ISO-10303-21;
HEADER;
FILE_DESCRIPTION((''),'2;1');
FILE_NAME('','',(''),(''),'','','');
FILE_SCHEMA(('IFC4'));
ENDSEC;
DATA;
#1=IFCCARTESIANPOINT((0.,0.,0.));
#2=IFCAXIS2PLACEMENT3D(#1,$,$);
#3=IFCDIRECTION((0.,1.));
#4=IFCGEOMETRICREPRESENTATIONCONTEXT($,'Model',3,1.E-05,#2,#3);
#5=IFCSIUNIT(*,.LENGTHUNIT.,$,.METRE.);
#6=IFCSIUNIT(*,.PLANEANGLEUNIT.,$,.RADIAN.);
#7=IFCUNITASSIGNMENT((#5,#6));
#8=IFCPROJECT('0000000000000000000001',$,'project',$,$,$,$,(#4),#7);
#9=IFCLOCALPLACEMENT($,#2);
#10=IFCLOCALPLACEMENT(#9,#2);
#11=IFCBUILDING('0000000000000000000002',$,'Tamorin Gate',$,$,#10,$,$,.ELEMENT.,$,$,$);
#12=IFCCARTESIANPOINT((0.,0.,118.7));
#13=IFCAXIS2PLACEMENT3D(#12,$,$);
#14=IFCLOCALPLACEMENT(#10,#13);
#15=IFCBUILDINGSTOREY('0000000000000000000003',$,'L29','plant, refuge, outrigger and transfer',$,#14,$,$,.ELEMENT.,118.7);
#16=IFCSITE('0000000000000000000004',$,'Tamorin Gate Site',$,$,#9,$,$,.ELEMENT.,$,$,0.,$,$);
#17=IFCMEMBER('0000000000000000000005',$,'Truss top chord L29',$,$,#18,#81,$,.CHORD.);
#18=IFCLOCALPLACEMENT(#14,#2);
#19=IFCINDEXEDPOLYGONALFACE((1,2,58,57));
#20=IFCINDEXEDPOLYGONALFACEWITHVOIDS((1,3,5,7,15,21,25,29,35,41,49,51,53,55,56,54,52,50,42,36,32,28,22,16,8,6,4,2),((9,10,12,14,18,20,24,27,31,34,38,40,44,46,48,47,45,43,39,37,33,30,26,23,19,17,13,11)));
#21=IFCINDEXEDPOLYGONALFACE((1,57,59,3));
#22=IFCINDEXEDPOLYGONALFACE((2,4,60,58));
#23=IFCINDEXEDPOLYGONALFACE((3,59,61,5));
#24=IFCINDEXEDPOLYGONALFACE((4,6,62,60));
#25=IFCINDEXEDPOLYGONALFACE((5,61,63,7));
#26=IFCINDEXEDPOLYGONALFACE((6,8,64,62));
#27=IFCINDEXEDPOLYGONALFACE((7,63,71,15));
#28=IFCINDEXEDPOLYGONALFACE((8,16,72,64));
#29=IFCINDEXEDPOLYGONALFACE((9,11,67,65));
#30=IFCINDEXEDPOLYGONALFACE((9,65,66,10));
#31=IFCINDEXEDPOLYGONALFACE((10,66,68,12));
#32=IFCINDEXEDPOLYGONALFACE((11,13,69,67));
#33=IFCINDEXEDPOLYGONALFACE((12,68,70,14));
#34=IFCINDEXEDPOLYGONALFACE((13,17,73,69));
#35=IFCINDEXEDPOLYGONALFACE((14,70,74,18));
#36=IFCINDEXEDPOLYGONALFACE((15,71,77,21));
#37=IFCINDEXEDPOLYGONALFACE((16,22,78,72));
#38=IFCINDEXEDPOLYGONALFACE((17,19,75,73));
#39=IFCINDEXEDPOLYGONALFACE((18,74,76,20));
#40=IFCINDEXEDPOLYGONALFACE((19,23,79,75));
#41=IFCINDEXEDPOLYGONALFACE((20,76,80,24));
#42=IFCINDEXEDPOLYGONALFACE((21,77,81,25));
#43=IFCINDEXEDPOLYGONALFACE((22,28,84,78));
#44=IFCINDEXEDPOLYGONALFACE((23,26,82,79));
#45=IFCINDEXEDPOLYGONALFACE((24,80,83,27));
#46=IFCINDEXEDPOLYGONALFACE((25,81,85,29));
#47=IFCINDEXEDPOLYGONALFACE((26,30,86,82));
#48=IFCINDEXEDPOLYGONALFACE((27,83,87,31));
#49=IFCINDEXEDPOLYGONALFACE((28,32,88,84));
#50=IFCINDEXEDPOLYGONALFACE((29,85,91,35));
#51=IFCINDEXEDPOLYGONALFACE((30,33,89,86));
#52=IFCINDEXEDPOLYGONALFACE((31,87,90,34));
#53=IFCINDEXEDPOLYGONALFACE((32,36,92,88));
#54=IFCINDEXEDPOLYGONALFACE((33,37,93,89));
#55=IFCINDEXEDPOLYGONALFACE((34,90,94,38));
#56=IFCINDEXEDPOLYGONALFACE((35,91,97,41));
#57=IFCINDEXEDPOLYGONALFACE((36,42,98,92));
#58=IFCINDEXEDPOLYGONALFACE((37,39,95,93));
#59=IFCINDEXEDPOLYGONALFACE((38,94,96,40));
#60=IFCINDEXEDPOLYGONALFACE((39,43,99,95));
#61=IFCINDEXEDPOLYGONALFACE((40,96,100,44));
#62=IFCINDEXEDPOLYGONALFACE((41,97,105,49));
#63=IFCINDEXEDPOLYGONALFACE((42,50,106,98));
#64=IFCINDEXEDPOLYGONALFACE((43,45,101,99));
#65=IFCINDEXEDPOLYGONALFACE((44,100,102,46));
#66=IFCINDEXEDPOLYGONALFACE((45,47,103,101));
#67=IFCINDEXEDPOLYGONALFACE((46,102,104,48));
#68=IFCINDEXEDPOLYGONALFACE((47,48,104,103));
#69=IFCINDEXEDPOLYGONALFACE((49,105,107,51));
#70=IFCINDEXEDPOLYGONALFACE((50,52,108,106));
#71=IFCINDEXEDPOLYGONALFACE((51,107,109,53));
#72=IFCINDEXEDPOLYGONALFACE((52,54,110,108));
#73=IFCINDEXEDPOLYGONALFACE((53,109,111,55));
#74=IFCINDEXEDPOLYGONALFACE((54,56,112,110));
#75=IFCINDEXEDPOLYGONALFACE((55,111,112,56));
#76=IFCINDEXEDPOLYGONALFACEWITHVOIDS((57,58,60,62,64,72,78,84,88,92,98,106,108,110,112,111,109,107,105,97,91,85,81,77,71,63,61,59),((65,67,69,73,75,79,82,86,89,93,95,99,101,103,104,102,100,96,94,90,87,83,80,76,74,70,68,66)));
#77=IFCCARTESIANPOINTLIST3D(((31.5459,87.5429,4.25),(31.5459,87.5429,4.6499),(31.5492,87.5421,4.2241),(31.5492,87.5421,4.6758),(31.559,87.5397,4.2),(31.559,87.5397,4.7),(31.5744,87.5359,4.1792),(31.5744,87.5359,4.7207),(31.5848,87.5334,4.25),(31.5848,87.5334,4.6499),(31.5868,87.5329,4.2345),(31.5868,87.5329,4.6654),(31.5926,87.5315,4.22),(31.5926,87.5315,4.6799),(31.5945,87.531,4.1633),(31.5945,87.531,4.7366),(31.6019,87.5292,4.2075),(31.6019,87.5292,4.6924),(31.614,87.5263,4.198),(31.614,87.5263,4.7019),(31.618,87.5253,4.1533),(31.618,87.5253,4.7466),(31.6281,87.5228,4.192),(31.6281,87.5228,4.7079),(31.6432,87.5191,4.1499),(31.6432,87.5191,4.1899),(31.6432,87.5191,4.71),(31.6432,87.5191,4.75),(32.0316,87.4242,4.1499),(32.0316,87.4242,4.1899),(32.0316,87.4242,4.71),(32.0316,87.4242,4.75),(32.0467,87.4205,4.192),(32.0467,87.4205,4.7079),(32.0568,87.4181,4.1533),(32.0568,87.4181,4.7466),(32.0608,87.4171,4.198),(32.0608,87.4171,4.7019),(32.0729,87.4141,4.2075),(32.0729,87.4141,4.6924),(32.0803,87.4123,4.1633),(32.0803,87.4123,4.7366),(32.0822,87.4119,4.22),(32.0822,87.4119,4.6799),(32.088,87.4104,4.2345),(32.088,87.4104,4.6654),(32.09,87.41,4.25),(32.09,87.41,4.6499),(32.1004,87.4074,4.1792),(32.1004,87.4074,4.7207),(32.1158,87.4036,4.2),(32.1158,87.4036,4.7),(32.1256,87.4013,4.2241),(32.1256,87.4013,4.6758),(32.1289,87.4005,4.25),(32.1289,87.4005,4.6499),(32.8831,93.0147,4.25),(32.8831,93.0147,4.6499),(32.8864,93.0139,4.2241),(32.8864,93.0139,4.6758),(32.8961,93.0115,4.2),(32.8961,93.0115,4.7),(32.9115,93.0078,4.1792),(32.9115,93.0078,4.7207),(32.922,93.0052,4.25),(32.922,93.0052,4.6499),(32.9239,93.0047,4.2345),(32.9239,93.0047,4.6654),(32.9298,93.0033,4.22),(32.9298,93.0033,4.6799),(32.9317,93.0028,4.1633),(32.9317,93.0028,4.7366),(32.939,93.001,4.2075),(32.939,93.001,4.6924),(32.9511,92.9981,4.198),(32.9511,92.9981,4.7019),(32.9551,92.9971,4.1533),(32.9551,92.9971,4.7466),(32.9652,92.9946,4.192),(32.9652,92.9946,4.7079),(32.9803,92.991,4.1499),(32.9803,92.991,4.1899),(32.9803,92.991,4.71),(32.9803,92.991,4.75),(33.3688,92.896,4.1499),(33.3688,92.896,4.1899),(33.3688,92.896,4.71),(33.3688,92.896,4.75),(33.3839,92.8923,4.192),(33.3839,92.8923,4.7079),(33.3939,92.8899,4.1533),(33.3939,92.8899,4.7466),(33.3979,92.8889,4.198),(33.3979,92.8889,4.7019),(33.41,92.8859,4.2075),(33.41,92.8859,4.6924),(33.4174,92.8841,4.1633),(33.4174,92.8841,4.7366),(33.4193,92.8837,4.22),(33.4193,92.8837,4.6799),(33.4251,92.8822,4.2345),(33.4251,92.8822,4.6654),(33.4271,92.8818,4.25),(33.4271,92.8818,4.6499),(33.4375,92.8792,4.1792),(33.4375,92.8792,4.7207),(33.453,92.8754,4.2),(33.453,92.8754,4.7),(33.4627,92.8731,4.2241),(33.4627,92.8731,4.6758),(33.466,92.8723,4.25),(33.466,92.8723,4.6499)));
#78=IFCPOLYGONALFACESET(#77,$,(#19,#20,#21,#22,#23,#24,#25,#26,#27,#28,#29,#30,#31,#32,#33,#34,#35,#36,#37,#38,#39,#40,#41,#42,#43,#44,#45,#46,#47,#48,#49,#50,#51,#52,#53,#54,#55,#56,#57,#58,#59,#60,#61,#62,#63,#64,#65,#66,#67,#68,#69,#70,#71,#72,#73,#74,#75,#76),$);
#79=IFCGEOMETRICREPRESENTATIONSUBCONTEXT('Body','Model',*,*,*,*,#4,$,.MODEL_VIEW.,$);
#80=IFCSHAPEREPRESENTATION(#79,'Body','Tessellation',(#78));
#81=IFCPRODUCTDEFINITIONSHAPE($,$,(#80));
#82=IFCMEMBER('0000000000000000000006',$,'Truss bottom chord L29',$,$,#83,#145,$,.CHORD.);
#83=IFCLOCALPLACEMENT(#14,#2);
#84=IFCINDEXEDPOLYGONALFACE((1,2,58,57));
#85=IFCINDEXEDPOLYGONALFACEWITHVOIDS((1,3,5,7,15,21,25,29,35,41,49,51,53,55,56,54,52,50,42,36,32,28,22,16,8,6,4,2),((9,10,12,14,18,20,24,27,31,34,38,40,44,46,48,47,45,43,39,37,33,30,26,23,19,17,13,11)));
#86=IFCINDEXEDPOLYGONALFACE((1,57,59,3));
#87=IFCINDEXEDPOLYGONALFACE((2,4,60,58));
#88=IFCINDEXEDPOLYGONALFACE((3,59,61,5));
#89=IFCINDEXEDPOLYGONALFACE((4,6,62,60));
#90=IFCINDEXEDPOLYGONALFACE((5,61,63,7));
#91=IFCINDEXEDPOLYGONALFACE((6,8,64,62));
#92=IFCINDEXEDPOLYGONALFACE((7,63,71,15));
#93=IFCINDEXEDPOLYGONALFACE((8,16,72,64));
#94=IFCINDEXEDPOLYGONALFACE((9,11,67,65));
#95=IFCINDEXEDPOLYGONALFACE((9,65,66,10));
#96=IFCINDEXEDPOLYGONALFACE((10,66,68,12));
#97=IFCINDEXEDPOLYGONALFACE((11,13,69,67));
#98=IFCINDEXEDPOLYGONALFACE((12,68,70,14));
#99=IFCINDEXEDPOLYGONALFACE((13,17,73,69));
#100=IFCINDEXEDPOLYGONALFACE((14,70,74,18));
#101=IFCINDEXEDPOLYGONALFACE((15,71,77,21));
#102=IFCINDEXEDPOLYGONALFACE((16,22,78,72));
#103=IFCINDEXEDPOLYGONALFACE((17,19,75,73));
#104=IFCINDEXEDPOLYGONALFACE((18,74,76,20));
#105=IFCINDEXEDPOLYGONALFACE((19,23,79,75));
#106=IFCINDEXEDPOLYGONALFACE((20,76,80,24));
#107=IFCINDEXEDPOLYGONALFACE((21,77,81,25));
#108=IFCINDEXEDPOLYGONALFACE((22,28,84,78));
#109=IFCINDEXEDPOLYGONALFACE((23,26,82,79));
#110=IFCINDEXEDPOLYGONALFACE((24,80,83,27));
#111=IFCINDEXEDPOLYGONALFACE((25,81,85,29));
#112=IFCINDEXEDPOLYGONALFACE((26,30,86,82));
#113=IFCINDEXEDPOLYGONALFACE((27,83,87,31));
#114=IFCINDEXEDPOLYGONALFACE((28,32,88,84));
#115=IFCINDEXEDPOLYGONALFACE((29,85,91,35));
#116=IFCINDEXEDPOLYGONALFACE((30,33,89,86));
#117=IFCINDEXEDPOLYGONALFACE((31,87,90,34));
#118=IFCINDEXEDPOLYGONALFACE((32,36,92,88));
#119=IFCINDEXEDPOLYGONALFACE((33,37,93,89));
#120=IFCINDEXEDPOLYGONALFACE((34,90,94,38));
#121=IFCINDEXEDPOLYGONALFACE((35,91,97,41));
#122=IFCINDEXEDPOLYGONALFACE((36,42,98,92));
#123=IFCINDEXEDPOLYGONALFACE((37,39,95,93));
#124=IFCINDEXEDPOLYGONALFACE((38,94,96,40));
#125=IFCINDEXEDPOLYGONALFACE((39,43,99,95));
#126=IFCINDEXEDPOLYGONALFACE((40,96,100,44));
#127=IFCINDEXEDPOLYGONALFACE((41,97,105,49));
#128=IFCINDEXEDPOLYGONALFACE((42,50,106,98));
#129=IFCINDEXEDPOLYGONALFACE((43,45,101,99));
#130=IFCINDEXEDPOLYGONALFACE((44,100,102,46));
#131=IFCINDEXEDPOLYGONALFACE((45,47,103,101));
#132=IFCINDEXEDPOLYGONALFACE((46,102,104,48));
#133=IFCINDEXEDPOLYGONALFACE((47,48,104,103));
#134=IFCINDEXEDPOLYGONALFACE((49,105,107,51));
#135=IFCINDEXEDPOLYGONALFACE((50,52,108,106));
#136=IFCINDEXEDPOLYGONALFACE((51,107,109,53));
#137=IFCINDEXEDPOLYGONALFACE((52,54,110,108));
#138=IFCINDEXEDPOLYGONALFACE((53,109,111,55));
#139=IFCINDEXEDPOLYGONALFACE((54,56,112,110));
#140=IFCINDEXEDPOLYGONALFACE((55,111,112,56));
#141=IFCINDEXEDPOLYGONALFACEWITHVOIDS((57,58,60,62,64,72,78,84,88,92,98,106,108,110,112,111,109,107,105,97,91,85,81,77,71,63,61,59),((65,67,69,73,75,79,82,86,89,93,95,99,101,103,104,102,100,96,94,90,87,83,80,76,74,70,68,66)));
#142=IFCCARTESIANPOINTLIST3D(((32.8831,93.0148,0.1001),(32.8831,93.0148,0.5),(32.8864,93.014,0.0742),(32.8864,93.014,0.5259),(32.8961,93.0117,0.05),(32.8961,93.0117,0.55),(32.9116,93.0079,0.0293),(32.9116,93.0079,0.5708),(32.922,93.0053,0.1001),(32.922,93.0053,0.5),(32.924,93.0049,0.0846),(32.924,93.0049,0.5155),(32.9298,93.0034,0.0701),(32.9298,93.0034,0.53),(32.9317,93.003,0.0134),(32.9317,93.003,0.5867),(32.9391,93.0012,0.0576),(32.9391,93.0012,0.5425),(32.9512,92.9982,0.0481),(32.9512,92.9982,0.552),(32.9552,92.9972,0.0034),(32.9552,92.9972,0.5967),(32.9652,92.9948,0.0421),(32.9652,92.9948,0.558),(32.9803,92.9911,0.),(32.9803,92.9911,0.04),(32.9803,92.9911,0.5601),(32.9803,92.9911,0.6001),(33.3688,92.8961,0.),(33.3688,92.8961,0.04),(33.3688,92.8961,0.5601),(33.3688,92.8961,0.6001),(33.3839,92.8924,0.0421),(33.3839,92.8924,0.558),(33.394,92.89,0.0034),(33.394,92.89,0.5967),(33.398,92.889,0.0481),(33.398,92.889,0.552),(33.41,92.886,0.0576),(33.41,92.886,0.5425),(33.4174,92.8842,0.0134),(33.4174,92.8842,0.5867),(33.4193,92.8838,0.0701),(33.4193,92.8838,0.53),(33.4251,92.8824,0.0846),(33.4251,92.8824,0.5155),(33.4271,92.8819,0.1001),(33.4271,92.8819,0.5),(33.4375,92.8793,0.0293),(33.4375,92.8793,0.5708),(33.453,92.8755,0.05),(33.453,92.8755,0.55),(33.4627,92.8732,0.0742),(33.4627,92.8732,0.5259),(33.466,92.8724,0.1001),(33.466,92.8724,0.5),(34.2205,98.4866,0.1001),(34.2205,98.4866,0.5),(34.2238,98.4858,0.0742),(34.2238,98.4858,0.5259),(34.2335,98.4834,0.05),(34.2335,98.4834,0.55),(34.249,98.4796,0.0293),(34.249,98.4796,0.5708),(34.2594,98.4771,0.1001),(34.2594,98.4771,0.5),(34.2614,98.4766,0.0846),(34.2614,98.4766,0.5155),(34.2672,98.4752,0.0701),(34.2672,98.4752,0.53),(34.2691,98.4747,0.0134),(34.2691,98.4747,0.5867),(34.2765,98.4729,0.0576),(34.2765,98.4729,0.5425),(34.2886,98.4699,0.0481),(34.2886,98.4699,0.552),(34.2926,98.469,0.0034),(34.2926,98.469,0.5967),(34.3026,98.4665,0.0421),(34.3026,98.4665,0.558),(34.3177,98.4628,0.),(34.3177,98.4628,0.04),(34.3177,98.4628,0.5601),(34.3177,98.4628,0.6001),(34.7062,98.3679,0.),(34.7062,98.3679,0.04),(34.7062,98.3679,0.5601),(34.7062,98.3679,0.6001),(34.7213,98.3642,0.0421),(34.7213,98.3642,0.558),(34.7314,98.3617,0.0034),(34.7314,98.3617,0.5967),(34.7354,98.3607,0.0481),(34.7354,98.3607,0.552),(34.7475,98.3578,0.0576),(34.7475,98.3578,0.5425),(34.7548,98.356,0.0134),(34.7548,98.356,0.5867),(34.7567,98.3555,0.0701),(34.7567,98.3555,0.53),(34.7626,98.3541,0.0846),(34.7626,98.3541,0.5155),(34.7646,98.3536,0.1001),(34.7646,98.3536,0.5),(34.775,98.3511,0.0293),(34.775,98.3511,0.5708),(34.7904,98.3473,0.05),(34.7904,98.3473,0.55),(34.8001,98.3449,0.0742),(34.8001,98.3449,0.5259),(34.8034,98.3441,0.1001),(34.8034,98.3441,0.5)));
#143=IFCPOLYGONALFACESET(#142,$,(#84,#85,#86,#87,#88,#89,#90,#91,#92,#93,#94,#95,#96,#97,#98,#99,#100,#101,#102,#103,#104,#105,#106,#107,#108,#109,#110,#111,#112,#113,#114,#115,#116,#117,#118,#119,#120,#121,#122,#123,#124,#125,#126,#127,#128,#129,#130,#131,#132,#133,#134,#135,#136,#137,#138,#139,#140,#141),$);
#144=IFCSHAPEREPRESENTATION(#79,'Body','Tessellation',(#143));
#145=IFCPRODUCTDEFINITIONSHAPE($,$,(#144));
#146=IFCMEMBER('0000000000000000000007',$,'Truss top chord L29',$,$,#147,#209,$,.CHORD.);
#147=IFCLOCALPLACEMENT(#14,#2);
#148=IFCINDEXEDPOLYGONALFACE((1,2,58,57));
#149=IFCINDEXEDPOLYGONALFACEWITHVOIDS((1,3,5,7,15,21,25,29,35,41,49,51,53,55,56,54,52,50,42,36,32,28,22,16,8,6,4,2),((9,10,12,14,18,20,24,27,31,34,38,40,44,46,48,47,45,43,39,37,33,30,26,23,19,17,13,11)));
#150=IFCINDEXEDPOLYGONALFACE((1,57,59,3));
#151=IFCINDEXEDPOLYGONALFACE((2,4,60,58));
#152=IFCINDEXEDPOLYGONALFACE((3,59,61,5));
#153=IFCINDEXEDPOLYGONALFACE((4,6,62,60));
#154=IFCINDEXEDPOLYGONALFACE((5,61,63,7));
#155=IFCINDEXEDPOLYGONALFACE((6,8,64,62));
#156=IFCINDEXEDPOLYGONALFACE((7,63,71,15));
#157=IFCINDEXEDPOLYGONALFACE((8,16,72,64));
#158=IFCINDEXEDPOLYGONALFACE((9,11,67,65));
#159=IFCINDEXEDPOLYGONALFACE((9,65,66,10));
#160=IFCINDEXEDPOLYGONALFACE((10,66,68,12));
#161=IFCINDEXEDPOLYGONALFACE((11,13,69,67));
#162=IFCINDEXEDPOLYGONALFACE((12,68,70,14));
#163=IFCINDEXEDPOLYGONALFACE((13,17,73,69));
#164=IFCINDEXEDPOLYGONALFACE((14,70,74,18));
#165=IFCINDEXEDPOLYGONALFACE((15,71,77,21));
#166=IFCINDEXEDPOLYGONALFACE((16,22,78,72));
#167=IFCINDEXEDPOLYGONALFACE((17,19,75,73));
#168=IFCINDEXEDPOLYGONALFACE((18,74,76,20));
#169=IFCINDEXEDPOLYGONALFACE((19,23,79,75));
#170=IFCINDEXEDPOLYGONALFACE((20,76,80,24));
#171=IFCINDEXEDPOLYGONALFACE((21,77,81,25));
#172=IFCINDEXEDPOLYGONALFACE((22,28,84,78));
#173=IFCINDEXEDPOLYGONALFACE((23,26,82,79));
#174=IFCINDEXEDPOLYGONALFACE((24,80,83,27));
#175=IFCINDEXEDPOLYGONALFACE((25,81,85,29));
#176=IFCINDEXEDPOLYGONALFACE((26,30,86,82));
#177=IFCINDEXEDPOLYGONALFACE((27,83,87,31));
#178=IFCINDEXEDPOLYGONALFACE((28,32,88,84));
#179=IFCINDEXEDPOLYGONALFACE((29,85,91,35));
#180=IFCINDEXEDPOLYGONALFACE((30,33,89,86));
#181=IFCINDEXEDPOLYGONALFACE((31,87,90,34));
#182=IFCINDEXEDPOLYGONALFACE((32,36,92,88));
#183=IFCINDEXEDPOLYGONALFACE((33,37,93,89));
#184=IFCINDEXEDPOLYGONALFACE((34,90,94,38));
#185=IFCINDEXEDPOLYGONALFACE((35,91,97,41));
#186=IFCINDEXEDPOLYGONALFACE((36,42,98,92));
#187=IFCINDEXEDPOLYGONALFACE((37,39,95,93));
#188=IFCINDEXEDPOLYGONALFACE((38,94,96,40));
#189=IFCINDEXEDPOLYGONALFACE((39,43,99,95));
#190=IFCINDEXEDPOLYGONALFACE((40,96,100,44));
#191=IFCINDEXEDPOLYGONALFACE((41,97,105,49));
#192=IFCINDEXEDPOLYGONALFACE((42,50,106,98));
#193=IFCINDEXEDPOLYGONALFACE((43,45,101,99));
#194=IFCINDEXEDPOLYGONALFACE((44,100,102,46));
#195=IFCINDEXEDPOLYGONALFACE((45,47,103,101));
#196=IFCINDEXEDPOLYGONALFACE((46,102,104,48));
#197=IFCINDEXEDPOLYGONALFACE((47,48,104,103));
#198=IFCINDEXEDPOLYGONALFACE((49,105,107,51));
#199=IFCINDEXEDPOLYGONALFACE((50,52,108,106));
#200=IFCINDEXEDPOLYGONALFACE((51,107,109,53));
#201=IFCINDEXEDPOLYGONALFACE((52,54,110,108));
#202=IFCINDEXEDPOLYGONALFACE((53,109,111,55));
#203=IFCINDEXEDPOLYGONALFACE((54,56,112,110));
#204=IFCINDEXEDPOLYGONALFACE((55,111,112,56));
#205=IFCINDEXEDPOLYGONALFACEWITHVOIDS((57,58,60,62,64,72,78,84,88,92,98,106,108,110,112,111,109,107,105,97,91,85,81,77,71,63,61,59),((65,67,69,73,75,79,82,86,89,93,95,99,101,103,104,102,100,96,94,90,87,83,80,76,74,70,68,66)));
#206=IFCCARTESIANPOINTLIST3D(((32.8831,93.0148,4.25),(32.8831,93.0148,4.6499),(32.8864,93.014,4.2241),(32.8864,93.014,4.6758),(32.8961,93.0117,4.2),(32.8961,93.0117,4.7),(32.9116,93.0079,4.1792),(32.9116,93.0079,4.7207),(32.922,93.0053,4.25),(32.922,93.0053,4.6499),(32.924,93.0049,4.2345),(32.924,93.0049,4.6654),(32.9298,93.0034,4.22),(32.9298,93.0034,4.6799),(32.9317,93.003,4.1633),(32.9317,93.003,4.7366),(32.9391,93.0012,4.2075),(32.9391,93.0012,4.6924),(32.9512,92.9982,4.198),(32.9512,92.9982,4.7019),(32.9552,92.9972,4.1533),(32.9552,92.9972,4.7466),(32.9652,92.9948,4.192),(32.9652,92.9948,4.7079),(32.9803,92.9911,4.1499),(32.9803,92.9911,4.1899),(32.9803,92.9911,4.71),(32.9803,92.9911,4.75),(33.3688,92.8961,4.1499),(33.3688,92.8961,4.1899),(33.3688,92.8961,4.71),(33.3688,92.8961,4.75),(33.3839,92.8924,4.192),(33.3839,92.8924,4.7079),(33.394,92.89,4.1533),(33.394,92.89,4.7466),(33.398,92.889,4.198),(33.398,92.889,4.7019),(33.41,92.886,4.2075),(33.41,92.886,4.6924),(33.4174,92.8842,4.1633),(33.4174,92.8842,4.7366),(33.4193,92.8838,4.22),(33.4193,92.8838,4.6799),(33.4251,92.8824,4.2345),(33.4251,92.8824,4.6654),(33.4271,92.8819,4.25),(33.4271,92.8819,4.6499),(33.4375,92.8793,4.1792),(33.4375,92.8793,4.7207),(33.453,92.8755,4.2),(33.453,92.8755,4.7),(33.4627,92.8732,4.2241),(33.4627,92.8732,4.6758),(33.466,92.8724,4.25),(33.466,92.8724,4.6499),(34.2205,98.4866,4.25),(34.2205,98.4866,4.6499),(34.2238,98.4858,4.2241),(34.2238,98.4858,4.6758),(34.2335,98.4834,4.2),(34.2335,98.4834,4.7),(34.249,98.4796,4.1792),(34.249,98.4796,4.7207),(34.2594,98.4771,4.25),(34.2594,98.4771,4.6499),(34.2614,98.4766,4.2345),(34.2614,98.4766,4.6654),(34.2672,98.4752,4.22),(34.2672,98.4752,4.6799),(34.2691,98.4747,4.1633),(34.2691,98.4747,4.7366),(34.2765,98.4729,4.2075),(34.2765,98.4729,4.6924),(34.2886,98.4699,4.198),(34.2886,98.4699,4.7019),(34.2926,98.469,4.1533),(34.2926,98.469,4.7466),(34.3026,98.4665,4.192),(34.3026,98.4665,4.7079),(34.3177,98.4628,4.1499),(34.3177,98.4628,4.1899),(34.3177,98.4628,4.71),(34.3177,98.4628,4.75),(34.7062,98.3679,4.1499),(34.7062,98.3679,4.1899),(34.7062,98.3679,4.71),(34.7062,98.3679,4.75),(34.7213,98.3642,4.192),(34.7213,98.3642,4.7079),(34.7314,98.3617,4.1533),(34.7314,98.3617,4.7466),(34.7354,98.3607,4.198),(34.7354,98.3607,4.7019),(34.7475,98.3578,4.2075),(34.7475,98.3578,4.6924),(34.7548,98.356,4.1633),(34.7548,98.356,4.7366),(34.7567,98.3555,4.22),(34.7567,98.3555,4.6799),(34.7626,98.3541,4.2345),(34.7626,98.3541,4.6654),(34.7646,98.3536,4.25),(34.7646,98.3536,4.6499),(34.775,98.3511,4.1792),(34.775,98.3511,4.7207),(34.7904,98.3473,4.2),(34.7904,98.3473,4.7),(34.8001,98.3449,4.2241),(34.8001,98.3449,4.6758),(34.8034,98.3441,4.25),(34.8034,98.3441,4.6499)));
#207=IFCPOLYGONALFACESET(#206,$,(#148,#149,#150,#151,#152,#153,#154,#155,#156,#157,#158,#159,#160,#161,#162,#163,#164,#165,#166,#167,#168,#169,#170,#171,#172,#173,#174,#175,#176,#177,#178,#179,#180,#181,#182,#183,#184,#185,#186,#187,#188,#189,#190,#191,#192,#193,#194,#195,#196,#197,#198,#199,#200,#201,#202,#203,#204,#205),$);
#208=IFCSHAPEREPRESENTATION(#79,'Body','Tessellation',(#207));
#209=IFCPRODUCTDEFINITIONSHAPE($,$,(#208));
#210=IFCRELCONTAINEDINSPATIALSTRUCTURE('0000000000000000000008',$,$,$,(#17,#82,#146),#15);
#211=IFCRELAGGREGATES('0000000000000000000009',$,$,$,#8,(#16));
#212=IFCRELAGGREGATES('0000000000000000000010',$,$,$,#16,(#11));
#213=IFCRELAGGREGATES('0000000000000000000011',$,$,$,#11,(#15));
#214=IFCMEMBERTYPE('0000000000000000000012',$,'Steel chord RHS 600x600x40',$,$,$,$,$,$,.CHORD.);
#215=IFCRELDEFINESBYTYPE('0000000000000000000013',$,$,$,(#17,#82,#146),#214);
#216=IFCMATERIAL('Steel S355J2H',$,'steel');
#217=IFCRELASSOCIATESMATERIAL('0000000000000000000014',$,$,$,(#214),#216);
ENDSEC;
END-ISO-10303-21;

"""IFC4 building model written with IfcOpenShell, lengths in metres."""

from ifc_helpers import new_model, si_unit, direction, frame, origin, origin_2d, place, context, subcontext, project, spatial, hollow_rectangle, extrude, material, material_profile, profile_set, type_object, element, save


model = new_model("IFC4")

# Units and contexts
model_context = context("Model", 3, precision=1e-05, world=origin(), true_north=direction((0.0, 1.0)))
body_context = subcontext(model_context, "Body", "Model", "MODEL_VIEW")
ifc_project = project(units=[si_unit("LENGTHUNIT", "METRE"), si_unit("PLANEANGLEUNIT", "RADIAN")], contexts=[model_context])

# Site, building, storey
site_placement = place(None, origin())
site = spatial("IfcSite", under=ifc_project, at=site_placement, Name="Tamorin Gate Site", CompositionType="ELEMENT", RefElevation=0.0)
building_placement = place(site_placement, origin())
building = spatial("IfcBuilding", under=site, at=building_placement, Name="Tamorin Gate", CompositionType="ELEMENT")
storey_placement = place(building_placement, frame((0.0, 0.0, 118.7)))
storey = spatial("IfcBuildingStorey", under=building, at=storey_placement, Name="L29", Description="plant, refuge, outrigger and transfer", CompositionType="ELEMENT", Elevation=118.7)

# Members
ifc_material_1 = material(Name="Steel S355J2H", Category="steel")
ifc_material_profile_1 = material_profile(ifc_material_1, hollow_rectangle(XDim=0.6001, YDim=0.6001, WallThickness=0.04, InnerFilletRadius=0.0601, OuterFilletRadius=0.1001, at=origin_2d()), Name="RHS 600x600x40")
ifc_profile_set_1 = profile_set([ifc_material_profile_1], Name="Steel S355J2H")
member_type_1 = type_object("IfcMemberType", Name="Steel chord RHS 600x600x40", PredefinedType="CHORD", material=ifc_profile_set_1)
for number, where, z_axis, x_axis, name in (
    (1, (31.8374, 87.4717, 4.45), (0.237382, 0.971416, 0.0), (-0.971416, 0.237382, 0.0), "Truss top chord L29"),
    (2, (33.1746, 92.9436, 0.3), (0.237433, 0.971404, 0.0), (-0.971404, 0.237433, 0.0), "Truss bottom chord L29"),
    (3, (33.1746, 92.9436, 4.45), (0.237433, 0.971404, 0.0), (-0.971404, 0.237433, 0.0), "Truss top chord L29"),
):
    element("IfcMember", number, at=place(storey_placement, frame(where, z_axis=z_axis, x_axis=x_axis)), inside=storey, type_object=member_type_1, Name=name, PredefinedType="CHORD", context=body_context, shape_type="SweptSolid", body=[
        extrude(hollow_rectangle(XDim=0.6001, YDim=0.6001, WallThickness=0.04, InnerFilletRadius=0.0601, OuterFilletRadius=0.1001, at=origin_2d()), origin(), (0.0, 0.0, 1.0), 5.6328),
    ])

save(model, "model.ifc")
